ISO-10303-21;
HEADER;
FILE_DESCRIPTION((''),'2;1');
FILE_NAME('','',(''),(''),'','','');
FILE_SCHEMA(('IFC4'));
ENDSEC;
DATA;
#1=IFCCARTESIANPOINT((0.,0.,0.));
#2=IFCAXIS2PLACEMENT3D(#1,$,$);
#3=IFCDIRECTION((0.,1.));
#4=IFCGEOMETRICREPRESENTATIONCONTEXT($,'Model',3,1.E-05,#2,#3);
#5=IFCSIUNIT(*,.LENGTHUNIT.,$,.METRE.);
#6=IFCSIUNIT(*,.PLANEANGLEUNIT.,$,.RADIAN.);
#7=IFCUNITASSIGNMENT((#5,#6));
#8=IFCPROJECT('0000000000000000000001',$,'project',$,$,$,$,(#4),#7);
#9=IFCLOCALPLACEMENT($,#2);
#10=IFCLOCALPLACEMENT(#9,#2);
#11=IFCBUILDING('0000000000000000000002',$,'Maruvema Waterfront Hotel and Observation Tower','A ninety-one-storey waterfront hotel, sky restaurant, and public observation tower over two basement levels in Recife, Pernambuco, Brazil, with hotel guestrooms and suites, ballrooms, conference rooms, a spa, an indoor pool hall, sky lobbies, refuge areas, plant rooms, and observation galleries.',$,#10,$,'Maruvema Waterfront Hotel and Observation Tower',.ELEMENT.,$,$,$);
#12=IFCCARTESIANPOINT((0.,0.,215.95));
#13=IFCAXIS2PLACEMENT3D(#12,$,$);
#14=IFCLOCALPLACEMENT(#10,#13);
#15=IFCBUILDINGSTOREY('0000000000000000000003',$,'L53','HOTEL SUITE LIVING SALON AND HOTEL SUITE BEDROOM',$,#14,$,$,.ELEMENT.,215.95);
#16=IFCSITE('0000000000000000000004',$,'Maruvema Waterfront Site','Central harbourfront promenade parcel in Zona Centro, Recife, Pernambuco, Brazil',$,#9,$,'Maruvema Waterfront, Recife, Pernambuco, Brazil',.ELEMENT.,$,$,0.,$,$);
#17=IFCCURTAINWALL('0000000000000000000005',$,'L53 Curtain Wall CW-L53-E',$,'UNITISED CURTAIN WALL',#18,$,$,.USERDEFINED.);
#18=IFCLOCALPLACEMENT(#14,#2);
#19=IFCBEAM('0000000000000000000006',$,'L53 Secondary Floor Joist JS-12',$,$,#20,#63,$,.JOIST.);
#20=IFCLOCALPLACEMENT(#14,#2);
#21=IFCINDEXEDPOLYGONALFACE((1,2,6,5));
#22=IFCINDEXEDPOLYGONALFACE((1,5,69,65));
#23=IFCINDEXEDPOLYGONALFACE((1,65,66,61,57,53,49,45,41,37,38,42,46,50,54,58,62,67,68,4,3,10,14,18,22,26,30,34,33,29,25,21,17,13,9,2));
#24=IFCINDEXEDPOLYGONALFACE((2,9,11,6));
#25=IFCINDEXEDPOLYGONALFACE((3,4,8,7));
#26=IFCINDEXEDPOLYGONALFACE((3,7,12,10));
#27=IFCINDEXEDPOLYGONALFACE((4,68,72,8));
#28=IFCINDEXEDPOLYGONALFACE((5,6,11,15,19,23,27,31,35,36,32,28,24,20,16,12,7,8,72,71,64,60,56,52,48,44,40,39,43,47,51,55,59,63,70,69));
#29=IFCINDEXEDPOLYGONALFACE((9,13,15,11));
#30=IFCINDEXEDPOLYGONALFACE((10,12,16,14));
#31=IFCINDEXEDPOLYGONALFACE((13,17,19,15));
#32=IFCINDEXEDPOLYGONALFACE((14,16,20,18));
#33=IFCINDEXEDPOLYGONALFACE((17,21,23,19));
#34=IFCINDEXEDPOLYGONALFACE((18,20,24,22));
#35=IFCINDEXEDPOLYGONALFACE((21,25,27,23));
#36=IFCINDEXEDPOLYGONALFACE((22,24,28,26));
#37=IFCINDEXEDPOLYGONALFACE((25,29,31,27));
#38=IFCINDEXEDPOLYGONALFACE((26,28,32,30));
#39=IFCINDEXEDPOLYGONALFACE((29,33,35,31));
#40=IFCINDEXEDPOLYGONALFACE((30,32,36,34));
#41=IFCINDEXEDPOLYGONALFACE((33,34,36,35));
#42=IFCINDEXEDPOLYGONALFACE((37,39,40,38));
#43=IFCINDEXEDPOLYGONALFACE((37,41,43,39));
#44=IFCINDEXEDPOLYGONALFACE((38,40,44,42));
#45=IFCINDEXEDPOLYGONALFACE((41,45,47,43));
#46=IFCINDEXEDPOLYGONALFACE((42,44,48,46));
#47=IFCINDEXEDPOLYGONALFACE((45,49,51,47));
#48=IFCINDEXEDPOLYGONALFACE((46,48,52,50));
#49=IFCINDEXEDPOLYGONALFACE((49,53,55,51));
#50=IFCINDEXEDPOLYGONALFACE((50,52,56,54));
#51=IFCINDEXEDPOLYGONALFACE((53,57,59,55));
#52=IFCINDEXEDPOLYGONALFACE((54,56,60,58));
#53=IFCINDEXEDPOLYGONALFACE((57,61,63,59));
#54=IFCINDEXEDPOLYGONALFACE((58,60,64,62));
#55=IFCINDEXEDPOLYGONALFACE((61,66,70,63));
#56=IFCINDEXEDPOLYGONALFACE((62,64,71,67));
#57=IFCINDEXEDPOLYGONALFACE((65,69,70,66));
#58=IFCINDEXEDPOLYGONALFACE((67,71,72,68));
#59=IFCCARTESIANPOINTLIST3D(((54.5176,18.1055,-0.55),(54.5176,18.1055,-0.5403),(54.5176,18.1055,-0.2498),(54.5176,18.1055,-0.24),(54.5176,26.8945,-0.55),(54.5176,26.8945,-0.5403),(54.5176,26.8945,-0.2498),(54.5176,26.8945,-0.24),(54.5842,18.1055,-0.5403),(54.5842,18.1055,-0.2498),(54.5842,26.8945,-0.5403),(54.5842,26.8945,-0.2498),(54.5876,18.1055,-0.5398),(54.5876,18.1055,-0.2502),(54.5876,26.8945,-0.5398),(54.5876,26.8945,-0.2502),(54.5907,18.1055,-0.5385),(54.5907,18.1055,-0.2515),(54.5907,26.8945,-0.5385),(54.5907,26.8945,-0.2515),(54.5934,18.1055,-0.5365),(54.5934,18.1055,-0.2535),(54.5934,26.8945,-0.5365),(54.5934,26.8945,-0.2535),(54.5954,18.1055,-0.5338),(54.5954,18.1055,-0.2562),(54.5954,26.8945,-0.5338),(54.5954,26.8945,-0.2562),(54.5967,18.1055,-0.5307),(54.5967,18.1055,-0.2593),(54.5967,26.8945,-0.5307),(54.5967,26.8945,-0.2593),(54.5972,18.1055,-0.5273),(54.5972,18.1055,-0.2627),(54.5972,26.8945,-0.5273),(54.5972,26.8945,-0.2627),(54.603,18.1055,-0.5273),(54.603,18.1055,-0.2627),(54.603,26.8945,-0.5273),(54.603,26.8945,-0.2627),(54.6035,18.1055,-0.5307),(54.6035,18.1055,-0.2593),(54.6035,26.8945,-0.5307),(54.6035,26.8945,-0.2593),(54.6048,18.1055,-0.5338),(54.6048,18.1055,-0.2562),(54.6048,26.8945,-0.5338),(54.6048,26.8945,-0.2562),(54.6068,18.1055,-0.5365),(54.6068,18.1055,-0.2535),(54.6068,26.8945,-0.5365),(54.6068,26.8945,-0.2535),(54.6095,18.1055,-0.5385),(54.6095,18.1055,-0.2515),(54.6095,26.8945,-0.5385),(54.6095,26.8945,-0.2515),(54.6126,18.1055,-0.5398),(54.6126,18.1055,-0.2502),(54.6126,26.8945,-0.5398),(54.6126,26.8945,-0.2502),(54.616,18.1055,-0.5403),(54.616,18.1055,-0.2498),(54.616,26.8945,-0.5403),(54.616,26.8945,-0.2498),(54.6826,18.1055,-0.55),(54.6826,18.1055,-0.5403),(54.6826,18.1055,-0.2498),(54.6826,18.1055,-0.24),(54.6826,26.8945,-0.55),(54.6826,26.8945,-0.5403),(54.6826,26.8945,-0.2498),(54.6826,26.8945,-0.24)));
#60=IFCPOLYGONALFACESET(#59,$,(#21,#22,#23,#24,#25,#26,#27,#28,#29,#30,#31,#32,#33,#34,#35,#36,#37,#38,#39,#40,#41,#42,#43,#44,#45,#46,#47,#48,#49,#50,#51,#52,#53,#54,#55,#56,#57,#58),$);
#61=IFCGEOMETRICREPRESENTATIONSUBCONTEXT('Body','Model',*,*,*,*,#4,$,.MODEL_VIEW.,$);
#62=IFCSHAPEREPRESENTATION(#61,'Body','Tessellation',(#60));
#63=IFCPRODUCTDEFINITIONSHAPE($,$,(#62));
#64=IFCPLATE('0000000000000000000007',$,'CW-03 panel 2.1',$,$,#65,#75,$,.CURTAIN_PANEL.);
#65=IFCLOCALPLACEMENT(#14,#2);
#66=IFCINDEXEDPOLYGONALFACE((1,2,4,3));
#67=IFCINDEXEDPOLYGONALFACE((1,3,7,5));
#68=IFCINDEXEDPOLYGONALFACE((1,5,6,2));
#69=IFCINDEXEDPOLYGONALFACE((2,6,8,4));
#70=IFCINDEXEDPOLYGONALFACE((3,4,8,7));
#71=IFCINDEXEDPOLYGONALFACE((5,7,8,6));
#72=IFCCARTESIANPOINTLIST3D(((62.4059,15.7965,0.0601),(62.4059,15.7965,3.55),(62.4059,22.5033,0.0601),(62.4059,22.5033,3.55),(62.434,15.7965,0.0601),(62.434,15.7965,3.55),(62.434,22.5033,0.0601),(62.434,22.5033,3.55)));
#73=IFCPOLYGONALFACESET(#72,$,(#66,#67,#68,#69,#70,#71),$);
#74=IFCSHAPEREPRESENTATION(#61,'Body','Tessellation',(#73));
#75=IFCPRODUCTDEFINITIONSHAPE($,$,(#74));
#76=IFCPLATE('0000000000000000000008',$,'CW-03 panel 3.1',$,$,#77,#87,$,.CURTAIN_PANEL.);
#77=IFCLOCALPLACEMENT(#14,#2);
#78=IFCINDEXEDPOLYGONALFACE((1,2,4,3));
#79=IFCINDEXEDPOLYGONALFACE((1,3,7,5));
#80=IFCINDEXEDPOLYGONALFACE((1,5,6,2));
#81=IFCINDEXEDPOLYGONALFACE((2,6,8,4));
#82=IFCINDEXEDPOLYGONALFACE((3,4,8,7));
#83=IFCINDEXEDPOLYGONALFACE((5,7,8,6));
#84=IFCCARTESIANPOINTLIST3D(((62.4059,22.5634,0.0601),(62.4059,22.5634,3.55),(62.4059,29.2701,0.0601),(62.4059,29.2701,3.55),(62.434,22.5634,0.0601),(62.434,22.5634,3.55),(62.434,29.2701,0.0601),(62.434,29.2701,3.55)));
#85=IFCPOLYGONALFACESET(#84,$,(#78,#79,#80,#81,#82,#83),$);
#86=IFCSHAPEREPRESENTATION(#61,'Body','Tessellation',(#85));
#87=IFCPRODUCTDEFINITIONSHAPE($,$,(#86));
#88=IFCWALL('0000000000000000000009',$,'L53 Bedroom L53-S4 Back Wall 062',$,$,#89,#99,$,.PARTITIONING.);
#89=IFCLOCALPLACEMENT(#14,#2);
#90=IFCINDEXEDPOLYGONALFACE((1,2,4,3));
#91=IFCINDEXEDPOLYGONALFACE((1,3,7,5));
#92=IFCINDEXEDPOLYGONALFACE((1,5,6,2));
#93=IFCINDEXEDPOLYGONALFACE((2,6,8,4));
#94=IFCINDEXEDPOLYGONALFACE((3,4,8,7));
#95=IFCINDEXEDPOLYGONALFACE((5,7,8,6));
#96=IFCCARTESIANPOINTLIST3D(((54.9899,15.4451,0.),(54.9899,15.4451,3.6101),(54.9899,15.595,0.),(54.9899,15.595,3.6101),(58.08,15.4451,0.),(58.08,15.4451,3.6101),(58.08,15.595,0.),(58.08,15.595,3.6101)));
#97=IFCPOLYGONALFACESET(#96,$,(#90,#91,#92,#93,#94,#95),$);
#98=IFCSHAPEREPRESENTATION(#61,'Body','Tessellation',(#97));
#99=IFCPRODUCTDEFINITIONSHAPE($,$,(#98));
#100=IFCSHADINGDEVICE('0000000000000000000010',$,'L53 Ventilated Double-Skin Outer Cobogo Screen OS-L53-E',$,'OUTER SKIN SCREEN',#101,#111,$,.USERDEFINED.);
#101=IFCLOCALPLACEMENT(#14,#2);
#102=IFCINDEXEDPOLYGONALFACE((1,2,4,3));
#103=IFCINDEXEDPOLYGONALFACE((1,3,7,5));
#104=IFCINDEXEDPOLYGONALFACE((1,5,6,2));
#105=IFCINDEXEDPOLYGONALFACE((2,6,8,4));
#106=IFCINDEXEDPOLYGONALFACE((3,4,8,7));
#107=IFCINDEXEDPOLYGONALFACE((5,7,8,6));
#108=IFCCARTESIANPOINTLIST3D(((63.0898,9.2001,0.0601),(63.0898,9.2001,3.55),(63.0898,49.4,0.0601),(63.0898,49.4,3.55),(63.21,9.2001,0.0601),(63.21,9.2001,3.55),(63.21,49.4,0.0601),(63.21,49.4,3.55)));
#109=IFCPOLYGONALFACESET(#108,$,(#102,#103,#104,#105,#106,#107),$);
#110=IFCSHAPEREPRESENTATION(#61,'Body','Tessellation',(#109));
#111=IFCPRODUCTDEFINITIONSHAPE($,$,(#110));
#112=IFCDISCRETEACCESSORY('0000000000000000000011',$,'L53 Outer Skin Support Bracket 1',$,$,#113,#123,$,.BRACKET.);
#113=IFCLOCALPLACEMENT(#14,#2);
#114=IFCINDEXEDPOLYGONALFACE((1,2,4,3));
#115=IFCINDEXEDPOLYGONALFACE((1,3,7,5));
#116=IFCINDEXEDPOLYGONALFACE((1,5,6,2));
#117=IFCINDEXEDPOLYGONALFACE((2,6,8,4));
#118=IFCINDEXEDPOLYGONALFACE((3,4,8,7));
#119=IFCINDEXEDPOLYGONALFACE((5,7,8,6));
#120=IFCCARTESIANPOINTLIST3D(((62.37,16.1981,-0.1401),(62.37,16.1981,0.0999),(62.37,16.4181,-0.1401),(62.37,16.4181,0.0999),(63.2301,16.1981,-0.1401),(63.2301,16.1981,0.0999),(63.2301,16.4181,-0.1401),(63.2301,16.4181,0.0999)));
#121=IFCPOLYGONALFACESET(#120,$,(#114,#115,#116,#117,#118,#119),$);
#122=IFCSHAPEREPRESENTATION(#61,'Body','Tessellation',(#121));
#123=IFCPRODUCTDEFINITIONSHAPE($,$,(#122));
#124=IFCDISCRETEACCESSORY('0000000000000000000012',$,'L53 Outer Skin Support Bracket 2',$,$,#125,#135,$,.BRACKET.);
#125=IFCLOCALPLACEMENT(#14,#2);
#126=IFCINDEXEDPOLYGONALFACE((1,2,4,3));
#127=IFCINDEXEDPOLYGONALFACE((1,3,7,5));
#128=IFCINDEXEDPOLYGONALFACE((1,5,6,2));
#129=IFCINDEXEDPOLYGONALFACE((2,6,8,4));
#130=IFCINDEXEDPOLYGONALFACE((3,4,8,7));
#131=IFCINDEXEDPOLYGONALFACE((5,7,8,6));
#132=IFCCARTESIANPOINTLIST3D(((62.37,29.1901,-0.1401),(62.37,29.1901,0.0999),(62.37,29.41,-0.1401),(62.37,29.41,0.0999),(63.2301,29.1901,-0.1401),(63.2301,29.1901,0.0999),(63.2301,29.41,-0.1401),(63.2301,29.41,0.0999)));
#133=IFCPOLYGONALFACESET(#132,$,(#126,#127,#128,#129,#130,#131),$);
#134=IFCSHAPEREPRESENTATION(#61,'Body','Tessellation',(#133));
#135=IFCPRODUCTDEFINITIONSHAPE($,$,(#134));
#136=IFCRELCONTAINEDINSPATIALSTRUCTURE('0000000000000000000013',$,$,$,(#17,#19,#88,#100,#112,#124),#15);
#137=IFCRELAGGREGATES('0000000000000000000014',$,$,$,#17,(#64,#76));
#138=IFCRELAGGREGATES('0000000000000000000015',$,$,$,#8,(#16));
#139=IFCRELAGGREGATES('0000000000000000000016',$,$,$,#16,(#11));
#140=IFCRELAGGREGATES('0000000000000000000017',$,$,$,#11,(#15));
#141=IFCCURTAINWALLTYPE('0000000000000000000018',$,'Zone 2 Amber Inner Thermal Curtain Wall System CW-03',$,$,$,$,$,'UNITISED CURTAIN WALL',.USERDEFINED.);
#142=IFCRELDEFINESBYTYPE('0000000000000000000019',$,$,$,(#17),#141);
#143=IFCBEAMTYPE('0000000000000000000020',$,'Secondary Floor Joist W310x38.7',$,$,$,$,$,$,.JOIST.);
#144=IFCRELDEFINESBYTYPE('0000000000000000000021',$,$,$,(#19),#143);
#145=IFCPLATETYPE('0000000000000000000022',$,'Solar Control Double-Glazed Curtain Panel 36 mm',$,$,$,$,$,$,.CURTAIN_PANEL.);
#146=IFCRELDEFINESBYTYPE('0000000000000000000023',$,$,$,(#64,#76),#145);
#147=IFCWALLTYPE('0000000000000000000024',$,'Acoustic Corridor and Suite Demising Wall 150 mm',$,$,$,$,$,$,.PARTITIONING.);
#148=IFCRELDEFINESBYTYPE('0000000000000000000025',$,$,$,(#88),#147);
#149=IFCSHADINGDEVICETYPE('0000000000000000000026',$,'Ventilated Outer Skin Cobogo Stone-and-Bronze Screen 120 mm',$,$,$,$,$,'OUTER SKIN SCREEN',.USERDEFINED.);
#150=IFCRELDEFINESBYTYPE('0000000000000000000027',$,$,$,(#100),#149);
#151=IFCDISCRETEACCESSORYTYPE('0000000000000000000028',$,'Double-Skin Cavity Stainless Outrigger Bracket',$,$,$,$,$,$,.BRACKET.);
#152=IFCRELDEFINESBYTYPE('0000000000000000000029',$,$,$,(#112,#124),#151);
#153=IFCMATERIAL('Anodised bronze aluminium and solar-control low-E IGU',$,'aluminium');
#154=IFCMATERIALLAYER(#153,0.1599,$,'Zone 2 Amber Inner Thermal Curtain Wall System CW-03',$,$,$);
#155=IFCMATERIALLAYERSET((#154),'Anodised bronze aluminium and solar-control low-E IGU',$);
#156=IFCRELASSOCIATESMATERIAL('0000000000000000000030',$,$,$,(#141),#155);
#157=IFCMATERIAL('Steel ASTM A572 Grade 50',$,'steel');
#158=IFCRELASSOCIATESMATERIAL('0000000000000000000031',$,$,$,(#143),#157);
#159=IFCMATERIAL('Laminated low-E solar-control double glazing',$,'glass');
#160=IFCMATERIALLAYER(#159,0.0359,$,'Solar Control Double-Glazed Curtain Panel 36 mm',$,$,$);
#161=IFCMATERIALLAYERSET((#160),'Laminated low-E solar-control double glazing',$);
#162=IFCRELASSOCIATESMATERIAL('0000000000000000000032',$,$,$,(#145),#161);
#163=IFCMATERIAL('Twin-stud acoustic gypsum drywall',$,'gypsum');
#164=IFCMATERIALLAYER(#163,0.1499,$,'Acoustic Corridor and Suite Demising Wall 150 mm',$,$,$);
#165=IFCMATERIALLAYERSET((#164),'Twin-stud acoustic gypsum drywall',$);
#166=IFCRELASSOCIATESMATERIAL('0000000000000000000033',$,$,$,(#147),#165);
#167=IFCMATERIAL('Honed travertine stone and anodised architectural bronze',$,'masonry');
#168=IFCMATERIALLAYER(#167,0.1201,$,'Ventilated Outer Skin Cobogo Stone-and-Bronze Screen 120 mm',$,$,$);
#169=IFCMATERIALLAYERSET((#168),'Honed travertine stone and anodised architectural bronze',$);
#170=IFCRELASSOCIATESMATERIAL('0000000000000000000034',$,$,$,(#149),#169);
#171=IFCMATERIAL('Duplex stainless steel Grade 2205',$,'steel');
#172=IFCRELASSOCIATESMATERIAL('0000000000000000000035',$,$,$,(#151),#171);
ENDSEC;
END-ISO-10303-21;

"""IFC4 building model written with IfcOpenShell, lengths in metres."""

from ifc_helpers import new_model, si_unit, direction, frame, frame_2d, origin, origin_2d, place, context, subcontext, project, spatial, rectangle, i_section, extrude, material, layer, layer_set, material_profile, profile_set, type_object, element, aggregate, save


model = new_model("IFC4")

# Units and contexts
model_context = context("Model", 3, precision=1e-05, world=origin(), true_north=direction((0.0, 1.0)))
body_context = subcontext(model_context, "Body", "Model", "MODEL_VIEW")
ifc_project = project(units=[si_unit("LENGTHUNIT", "METRE"), si_unit("PLANEANGLEUNIT", "RADIAN")], contexts=[model_context])

# Site, building, storey
site_placement = place(None, origin())
site = spatial("IfcSite", under=ifc_project, at=site_placement, Name="Maruvema Waterfront Site", Description="Central harbourfront promenade parcel in Zona Centro, Recife, Pernambuco, Brazil", LongName="Maruvema Waterfront, Recife, Pernambuco, Brazil", CompositionType="ELEMENT", RefElevation=0.0)
building_placement = place(site_placement, origin())
building = spatial("IfcBuilding", under=site, at=building_placement, Name="Maruvema Waterfront Hotel and Observation Tower", Description="A ninety-one-storey waterfront hotel, sky restaurant, and public observation tower over two basement levels in Recife, Pernambuco, Brazil, with hotel guestrooms and suites, ballrooms, conference rooms, a spa, an indoor pool hall, sky lobbies, refuge areas, plant rooms, and observation galleries.", LongName="Maruvema Waterfront Hotel and Observation Tower", CompositionType="ELEMENT")
storey_placement = place(building_placement, frame((0.0, 0.0, 215.95)))
storey = spatial("IfcBuildingStorey", under=building, at=storey_placement, Name="L53", Description="HOTEL SUITE LIVING SALON AND HOTEL SUITE BEDROOM", CompositionType="ELEMENT", Elevation=215.95)

# Curtain wall
ifc_material_1 = material(Name="Anodised bronze aluminium and solar-control low-E IGU", Category="aluminium")
ifc_layer_1 = layer(ifc_material_1, 0.1599, Name="Zone 2 Amber Inner Thermal Curtain Wall System CW-03")
ifc_layer_set_1 = layer_set([ifc_layer_1], Name="Anodised bronze aluminium and solar-control low-E IGU")
curtain_wall_type = type_object("IfcCurtainWallType", Name="Zone 2 Amber Inner Thermal Curtain Wall System CW-03", ElementType="UNITISED CURTAIN WALL", PredefinedType="USERDEFINED", material=ifc_layer_set_1)
curtain_wall_placement = place(storey_placement, origin())
curtain_wall = element("IfcCurtainWall", 1, at=curtain_wall_placement, inside=storey, type_object=curtain_wall_type, Name="L53 Curtain Wall CW-L53-E", ObjectType="UNITISED CURTAIN WALL", PredefinedType="USERDEFINED")

# Beam
ifc_material_2 = material(Name="Steel ASTM A572 Grade 50", Category="steel")
ifc_material_profile_1 = material_profile(ifc_material_2, i_section(OverallWidth=0.165, OverallDepth=0.3101, WebThickness=0.0059, FlangeThickness=0.0098, FilletRadius=0.0129, at=origin_2d()), Name="W310x38.7")
ifc_profile_set_1 = profile_set([ifc_material_profile_1], Name="Steel ASTM A572 Grade 50")
beam_type_1 = type_object("IfcBeamType", Name="Secondary Floor Joist W310x38.7", PredefinedType="JOIST", material=ifc_profile_set_1)
beam_1_placement = place(storey_placement, frame((54.6001, 18.1055, -0.395), z_axis=(0.0, 1.0, 0.0), x_axis=(-1.0, 0.0, 0.0)))
element("IfcBeam", 2, at=beam_1_placement, inside=storey, type_object=beam_type_1, Name="L53 Secondary Floor Joist JS-12", PredefinedType="JOIST", context=body_context, shape_type="SweptSolid", body=[
    extrude(i_section(OverallWidth=0.165, OverallDepth=0.3101, WebThickness=0.0059, FlangeThickness=0.0098, FilletRadius=0.0129, at=origin_2d()), origin(), (0.0, 0.0, 1.0), 8.7891),
])

# Plates
ifc_material_3 = material(Name="Laminated low-E solar-control double glazing", Category="glass")
ifc_layer_2 = layer(ifc_material_3, 0.0359, Name="Solar Control Double-Glazed Curtain Panel 36 mm")
ifc_layer_set_2 = layer_set([ifc_layer_2], Name="Laminated low-E solar-control double glazing")
plate_type = type_object("IfcPlateType", Name="Solar Control Double-Glazed Curtain Panel 36 mm", PredefinedType="CURTAIN_PANEL", material=ifc_layer_set_2)
plate_1_placement = place(storey_placement, frame((62.4199, 19.1499, 0.0601), z_axis=(0.0, 0.0, 1.0), x_axis=(0.0, 1.0, 0.0)))
plate_1 = element("IfcPlate", 3, at=plate_1_placement, type_object=plate_type, Name="CW-03 panel 2.1", PredefinedType="CURTAIN_PANEL", context=body_context, shape_type="SweptSolid", body=[
    extrude(rectangle(XDim=6.7068, YDim=0.0281, at=origin_2d()), origin(), (0.0, 0.0, 1.0), 3.49),
])
plate_2_placement = place(storey_placement, frame((62.4199, 25.9167, 0.0601), z_axis=(0.0, 0.0, 1.0), x_axis=(0.0, 1.0, 0.0)))
plate_2 = element("IfcPlate", 4, at=plate_2_placement, type_object=plate_type, Name="CW-03 panel 3.1", PredefinedType="CURTAIN_PANEL", context=body_context, shape_type="SweptSolid", body=[
    extrude(rectangle(XDim=6.7068, YDim=0.0281, at=origin_2d()), origin(), (0.0, 0.0, 1.0), 3.49),
])
aggregate(curtain_wall, [plate_1, plate_2])

# Shared definitions
ifc_material_4 = material(Name="Twin-stud acoustic gypsum drywall", Category="gypsum")
ifc_layer_3 = layer(ifc_material_4, 0.1499, Name="Acoustic Corridor and Suite Demising Wall 150 mm")
ifc_layer_set_3 = layer_set([ifc_layer_3], Name="Twin-stud acoustic gypsum drywall")
wall_type = type_object("IfcWallType", Name="Acoustic Corridor and Suite Demising Wall 150 mm", PredefinedType="PARTITIONING", material=ifc_layer_set_3)

# Wall
wall_1_placement = place(storey_placement, frame((54.99, 15.52, 0.0), z_axis=(0.0, 0.0, 1.0), x_axis=(1.0, 0.0, 0.0)))
element("IfcWall", 5, at=wall_1_placement, inside=storey, type_object=wall_type, Name="L53 Bedroom L53-S4 Back Wall 062", PredefinedType="PARTITIONING", context=body_context, shape_type="SweptSolid", body=[
    extrude(rectangle(XDim=3.0901, YDim=0.1499, at=frame_2d((1.5449, 0.0))), origin(), (0.0, 0.0, 1.0), 3.6101),
])

# Shading device
ifc_material_5 = material(Name="Honed travertine stone and anodised architectural bronze", Category="masonry")
ifc_layer_4 = layer(ifc_material_5, 0.1201, Name="Ventilated Outer Skin Cobogo Stone-and-Bronze Screen 120 mm")
ifc_layer_set_4 = layer_set([ifc_layer_4], Name="Honed travertine stone and anodised architectural bronze")
shading_device_type = type_object("IfcShadingDeviceType", Name="Ventilated Outer Skin Cobogo Stone-and-Bronze Screen 120 mm", ElementType="OUTER SKIN SCREEN", PredefinedType="USERDEFINED", material=ifc_layer_set_4)
shading_device_placement = place(storey_placement, frame((63.1499, 29.3, 0.0601), z_axis=(0.0, 0.0, 1.0), x_axis=(0.0, 1.0, 0.0)))
element("IfcShadingDevice", 6, at=shading_device_placement, inside=storey, type_object=shading_device_type, Name="L53 Ventilated Double-Skin Outer Cobogo Screen OS-L53-E", ObjectType="OUTER SKIN SCREEN", PredefinedType="USERDEFINED", context=body_context, shape_type="SweptSolid", body=[
    extrude(rectangle(XDim=40.2, YDim=0.1201, at=origin_2d()), origin(), (0.0, 0.0, 1.0), 3.49),
])

# Discrete accessories
ifc_material_6 = material(Name="Duplex stainless steel Grade 2205", Category="steel")
discrete_accessory_type = type_object("IfcDiscreteAccessoryType", Name="Double-Skin Cavity Stainless Outrigger Bracket", PredefinedType="BRACKET", material=ifc_material_6)
for number, where, z_axis, x_axis, name in (
    (7, (62.8, 16.3081, -0.1401), (0.0, 0.0, 1.0), (0.0, 1.0, 0.0), "L53 Outer Skin Support Bracket 1"),
    (8, (62.8, 29.3, -0.1401), (0.0, 0.0, 1.0), (0.0, 1.0, 0.0), "L53 Outer Skin Support Bracket 2"),
):
    element("IfcDiscreteAccessory", number, at=place(storey_placement, frame(where, z_axis=z_axis, x_axis=x_axis)), inside=storey, type_object=discrete_accessory_type, Name=name, PredefinedType="BRACKET", context=body_context, shape_type="SweptSolid", body=[
        extrude(rectangle(XDim=0.22, YDim=0.8601, at=origin_2d()), origin(), (0.0, 0.0, 1.0), 0.24),
    ])

save(model, "model.ifc")
